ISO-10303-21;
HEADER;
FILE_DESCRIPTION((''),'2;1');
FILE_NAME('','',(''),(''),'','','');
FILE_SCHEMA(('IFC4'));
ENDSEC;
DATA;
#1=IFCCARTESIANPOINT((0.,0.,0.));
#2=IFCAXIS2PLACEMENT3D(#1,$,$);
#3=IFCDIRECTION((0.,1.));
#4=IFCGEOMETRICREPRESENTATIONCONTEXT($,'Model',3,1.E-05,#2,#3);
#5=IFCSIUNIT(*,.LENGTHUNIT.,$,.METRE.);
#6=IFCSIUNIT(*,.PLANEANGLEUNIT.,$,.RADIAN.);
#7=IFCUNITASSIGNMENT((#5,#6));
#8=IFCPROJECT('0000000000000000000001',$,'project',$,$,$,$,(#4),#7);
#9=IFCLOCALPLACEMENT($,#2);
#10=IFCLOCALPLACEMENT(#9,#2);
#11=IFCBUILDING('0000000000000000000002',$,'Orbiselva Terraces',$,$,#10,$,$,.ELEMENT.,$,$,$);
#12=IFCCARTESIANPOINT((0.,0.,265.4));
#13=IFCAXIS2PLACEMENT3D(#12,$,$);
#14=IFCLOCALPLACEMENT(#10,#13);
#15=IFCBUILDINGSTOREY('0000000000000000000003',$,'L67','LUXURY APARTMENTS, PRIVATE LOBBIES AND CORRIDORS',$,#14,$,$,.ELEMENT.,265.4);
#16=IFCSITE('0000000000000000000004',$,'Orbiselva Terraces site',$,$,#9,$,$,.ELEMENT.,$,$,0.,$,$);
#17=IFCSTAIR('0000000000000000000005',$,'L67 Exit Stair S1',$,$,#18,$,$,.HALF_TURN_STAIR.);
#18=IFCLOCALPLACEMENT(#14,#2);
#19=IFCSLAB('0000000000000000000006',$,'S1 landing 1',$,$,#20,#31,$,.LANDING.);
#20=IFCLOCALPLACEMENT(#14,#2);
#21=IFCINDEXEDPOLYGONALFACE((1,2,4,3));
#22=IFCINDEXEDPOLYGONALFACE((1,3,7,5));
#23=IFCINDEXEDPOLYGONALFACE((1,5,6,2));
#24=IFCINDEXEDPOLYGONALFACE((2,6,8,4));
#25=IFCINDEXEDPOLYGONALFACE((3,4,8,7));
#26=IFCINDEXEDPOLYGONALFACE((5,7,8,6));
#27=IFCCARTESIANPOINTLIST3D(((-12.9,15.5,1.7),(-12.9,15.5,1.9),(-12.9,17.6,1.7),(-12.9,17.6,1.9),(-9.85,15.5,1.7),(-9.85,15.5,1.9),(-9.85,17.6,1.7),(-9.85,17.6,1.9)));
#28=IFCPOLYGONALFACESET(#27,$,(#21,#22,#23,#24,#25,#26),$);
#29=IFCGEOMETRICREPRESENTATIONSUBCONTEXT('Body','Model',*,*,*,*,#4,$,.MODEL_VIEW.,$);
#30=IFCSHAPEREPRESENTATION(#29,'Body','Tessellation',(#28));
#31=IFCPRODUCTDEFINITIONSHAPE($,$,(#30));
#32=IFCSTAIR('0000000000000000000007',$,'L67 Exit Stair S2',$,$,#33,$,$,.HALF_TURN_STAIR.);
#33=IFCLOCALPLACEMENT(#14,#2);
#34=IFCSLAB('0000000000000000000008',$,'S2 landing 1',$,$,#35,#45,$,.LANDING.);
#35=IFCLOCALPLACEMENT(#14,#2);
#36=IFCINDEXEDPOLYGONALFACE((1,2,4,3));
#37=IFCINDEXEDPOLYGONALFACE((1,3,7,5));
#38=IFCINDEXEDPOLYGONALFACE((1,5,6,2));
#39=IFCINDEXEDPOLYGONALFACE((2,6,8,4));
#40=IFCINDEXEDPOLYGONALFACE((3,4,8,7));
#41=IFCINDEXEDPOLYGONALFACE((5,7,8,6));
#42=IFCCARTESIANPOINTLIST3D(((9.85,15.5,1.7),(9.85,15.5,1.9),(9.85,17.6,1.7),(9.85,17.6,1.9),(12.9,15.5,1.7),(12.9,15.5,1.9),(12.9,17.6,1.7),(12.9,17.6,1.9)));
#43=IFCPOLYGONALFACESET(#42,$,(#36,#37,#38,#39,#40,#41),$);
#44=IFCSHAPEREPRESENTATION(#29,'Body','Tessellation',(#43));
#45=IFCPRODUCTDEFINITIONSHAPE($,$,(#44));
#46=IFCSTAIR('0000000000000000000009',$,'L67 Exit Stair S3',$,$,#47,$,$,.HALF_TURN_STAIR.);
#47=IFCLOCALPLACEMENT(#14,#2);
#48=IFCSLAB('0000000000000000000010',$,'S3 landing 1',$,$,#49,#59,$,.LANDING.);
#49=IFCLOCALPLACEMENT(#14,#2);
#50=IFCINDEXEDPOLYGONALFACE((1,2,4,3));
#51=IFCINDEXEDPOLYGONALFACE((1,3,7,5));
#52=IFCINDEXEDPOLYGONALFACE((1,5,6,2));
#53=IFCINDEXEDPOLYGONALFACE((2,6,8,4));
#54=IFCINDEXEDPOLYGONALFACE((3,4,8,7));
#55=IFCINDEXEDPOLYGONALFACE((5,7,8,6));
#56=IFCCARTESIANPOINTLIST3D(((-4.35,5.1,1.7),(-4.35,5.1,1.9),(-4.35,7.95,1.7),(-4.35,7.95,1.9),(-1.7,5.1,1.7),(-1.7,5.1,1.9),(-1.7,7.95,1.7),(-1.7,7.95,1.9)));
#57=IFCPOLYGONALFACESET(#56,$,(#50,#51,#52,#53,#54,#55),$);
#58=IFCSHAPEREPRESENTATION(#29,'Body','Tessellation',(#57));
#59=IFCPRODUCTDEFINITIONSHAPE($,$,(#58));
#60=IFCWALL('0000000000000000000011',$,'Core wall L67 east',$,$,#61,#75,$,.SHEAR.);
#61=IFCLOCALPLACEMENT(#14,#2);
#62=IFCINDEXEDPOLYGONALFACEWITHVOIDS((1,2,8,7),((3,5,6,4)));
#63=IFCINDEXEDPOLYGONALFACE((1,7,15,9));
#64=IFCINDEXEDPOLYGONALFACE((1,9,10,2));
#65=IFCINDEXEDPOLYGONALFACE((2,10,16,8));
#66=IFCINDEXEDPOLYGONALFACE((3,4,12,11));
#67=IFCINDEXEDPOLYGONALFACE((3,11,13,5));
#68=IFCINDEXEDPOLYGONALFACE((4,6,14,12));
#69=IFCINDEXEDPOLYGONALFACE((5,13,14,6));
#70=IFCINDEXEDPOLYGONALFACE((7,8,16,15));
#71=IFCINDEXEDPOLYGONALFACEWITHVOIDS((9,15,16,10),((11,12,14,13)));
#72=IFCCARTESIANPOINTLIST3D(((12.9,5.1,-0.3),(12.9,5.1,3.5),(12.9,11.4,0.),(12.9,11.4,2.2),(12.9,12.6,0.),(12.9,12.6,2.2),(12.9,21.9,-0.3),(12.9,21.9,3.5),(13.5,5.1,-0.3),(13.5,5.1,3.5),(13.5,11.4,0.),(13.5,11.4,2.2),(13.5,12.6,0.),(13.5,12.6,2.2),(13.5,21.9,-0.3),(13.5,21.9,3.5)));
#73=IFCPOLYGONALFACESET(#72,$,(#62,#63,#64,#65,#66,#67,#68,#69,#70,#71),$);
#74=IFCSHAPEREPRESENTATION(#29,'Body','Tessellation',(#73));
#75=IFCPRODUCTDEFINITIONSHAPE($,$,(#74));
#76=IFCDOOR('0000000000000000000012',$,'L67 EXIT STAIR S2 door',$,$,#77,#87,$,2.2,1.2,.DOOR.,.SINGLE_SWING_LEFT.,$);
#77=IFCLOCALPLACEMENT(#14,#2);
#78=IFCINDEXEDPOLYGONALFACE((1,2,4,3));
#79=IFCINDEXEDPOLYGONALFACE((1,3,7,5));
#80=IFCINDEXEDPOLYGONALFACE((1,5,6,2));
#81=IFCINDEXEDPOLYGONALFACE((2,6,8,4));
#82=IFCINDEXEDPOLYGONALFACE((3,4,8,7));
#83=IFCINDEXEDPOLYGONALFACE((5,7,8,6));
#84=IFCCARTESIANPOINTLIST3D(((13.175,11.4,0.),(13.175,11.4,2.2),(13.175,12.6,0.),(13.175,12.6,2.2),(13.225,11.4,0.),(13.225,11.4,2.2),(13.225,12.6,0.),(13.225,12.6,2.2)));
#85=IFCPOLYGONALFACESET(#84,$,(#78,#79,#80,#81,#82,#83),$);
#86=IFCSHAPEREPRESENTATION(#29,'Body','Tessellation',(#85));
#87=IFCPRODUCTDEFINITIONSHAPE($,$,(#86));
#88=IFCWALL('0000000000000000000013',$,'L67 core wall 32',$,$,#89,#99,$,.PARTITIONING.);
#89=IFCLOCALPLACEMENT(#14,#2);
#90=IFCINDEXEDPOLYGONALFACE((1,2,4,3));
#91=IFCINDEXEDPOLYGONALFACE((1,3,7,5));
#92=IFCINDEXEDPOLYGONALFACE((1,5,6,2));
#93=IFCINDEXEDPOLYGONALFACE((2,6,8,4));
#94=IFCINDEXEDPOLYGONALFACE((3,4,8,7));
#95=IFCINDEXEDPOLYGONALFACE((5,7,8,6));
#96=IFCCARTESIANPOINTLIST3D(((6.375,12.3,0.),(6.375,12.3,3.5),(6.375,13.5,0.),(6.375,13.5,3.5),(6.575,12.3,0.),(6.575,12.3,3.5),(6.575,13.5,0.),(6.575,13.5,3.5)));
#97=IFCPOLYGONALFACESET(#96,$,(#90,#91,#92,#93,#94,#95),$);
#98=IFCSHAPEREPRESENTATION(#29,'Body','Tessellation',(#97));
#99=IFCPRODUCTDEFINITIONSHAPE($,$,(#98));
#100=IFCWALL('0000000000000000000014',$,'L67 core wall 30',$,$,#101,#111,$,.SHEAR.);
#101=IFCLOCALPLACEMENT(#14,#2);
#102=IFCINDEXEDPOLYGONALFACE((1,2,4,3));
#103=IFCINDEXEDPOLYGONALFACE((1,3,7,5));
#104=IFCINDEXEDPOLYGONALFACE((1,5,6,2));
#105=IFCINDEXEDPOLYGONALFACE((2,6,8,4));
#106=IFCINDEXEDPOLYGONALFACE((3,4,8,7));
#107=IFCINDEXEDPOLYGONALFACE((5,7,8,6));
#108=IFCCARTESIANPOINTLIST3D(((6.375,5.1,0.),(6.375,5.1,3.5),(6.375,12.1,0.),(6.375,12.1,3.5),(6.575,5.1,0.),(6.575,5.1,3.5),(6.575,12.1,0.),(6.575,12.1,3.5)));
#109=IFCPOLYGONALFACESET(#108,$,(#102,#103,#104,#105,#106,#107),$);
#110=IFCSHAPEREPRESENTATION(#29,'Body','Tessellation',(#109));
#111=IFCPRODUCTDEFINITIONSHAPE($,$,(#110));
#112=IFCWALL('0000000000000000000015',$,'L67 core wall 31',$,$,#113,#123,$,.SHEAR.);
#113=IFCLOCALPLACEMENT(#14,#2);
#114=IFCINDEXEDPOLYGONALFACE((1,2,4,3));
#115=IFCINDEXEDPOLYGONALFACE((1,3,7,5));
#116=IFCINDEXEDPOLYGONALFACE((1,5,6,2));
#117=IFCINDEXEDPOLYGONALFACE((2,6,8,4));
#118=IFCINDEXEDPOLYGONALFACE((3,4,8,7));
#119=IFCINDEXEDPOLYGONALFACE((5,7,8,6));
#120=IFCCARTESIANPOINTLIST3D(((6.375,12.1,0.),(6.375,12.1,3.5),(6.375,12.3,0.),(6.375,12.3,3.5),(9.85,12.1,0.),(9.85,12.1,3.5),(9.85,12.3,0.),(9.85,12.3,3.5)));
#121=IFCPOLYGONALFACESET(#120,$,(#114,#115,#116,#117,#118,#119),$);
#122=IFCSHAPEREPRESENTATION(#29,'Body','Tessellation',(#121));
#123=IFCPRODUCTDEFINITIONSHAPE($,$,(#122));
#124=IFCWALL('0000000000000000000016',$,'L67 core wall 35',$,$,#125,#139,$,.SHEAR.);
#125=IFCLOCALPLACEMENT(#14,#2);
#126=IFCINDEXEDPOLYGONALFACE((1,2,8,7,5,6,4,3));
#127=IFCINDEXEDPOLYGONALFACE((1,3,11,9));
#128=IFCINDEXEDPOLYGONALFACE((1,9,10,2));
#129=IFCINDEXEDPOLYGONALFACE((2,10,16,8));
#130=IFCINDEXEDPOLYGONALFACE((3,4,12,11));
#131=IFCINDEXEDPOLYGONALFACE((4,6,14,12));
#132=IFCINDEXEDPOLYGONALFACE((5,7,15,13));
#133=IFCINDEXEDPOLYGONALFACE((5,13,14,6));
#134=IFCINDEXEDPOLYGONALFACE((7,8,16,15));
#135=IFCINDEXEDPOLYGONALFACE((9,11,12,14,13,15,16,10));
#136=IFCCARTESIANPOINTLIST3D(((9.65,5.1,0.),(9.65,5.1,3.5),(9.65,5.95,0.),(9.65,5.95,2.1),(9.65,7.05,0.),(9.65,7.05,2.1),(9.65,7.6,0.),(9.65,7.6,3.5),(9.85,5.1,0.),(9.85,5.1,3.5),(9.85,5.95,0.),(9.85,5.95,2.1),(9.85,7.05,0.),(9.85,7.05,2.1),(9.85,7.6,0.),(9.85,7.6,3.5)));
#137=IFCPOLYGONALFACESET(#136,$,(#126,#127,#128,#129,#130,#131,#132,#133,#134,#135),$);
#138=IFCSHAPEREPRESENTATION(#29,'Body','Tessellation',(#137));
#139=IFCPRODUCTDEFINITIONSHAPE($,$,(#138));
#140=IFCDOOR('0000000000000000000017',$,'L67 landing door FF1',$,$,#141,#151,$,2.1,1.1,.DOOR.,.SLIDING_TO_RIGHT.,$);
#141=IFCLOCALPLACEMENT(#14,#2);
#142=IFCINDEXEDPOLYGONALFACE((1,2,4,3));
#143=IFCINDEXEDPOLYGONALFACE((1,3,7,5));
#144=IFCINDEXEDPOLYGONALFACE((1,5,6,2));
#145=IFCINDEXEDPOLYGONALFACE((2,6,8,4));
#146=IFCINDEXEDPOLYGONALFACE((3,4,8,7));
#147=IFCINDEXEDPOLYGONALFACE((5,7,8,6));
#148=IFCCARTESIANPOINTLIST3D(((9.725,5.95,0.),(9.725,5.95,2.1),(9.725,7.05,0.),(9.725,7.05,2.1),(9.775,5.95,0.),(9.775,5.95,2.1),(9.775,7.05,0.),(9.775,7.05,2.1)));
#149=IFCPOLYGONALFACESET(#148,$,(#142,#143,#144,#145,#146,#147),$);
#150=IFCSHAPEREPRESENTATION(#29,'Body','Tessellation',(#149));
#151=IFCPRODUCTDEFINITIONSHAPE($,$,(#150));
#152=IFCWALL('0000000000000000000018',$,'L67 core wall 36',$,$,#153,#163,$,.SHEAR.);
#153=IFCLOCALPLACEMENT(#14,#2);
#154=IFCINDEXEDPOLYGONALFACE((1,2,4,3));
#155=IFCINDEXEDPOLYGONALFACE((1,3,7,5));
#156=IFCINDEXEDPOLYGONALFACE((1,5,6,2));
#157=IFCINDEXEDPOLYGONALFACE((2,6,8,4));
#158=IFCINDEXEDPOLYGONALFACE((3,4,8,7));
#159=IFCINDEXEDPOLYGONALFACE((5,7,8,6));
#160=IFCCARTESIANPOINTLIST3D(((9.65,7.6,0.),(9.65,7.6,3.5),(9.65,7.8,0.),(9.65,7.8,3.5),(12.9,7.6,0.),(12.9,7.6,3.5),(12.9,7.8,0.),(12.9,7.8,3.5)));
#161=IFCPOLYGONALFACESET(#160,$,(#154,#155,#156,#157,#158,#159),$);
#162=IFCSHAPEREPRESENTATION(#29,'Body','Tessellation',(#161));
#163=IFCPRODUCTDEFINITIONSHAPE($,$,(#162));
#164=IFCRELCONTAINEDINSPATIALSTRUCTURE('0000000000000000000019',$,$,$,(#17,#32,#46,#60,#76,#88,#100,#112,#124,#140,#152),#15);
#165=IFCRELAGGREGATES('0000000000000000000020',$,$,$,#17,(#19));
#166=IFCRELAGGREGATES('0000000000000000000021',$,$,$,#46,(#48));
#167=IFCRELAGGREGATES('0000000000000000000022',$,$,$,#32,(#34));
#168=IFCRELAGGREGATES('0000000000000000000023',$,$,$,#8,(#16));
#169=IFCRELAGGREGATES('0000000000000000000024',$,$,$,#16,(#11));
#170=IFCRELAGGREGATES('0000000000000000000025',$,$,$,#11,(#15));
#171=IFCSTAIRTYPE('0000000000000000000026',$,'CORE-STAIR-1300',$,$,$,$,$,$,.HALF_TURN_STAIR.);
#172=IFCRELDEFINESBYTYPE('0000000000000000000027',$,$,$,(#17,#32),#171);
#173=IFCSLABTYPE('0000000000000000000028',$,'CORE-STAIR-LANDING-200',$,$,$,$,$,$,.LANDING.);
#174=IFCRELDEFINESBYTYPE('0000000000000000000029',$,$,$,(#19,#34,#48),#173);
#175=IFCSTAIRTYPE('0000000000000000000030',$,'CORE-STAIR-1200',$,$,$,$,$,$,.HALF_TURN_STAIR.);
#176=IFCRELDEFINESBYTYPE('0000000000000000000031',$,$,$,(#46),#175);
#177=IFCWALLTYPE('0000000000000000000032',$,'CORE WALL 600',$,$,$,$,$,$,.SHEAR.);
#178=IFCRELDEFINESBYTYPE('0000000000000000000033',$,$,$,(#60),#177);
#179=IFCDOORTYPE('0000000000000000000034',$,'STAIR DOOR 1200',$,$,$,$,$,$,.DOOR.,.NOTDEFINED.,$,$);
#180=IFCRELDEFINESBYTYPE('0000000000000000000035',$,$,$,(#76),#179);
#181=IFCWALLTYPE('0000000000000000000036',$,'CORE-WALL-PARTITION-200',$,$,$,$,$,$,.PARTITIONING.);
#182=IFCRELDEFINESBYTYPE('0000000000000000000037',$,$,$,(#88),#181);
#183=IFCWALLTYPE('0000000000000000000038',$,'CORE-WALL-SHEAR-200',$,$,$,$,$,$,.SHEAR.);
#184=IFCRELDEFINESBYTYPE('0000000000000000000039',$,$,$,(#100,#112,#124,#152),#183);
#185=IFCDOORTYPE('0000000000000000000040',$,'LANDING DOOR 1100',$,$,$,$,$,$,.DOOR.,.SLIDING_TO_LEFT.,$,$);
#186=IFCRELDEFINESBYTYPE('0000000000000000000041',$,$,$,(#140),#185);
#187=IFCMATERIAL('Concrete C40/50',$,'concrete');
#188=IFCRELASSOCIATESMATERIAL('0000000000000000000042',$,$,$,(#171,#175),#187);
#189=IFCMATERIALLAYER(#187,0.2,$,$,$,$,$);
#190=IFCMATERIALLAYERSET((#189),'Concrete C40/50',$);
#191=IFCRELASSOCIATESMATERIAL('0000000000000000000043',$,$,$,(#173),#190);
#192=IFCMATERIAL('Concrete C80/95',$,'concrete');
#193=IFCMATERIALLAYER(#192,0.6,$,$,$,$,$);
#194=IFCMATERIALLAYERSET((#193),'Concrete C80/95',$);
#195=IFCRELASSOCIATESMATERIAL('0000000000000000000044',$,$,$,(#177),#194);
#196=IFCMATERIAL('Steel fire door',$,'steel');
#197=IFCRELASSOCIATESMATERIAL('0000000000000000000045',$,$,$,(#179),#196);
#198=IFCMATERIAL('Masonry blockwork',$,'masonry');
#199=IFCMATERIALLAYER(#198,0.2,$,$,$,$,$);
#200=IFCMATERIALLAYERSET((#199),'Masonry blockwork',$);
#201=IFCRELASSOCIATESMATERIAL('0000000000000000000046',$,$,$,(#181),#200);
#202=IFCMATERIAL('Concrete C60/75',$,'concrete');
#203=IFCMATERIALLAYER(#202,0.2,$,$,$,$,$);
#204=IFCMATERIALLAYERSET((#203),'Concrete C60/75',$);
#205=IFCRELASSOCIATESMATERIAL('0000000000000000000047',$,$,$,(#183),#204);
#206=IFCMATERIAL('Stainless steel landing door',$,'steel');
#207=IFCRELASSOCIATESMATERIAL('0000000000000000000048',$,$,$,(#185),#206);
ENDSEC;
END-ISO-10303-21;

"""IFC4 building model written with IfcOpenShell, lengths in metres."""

from ifc_helpers import new_model, si_unit, direction, frame, frame_2d, origin, place, context, subcontext, project, spatial, polyline, rectangle, outline, extrude, material, layer, layer_set, type_object, element, fill, aggregate, save


model = new_model("IFC4")

# Units and contexts
model_context = context("Model", 3, precision=1e-05, world=origin(), true_north=direction((0.0, 1.0)))
body_context = subcontext(model_context, "Body", "Model", "MODEL_VIEW")
ifc_project = project(units=[si_unit("LENGTHUNIT", "METRE"), si_unit("PLANEANGLEUNIT", "RADIAN")], contexts=[model_context])

# Site, building, storey
site_placement = place(None, origin())
site = spatial("IfcSite", under=ifc_project, at=site_placement, Name="Orbiselva Terraces site", CompositionType="ELEMENT", RefElevation=0.0)
building_placement = place(site_placement, origin())
building = spatial("IfcBuilding", under=site, at=building_placement, Name="Orbiselva Terraces", CompositionType="ELEMENT")
storey_placement = place(building_placement, frame((0.0, 0.0, 265.4)))
storey = spatial("IfcBuildingStorey", under=building, at=storey_placement, Name="L67", Description="LUXURY APARTMENTS, PRIVATE LOBBIES AND CORRIDORS", CompositionType="ELEMENT", Elevation=265.4)

# Stairs, slabs
ifc_material_1 = material(Name="Concrete C40/50", Category="concrete")
stair_type_1 = type_object("IfcStairType", Name="CORE-STAIR-1300", PredefinedType="HALF_TURN_STAIR", material=ifc_material_1)
stair_1_placement = place(storey_placement, origin())
stair_1 = element("IfcStair", 1, at=stair_1_placement, inside=storey, type_object=stair_type_1, Name="L67 Exit Stair S1", PredefinedType="HALF_TURN_STAIR")
ifc_layer_1 = layer(ifc_material_1, 0.2)
ifc_layer_set_1 = layer_set([ifc_layer_1], Name="Concrete C40/50")
slab_type = type_object("IfcSlabType", Name="CORE-STAIR-LANDING-200", PredefinedType="LANDING", material=ifc_layer_set_1)
slab_1_placement = place(storey_placement, frame((0.0, 0.0, 1.7)))
slab_1 = element("IfcSlab", 2, at=slab_1_placement, type_object=slab_type, Name="S1 landing 1", PredefinedType="LANDING", context=body_context, shape_type="SweptSolid", body=[
    extrude(outline(polyline([(-9.85, 15.5), (-9.85, 17.6), (-12.9, 17.6), (-12.9, 15.5), (-9.85, 15.5)])), origin(), (0.0, 0.0, 1.0), 0.2),
])
aggregate(stair_1, [slab_1])
stair_2_placement = place(storey_placement, origin())
stair_2 = element("IfcStair", 3, at=stair_2_placement, inside=storey, type_object=stair_type_1, Name="L67 Exit Stair S2", PredefinedType="HALF_TURN_STAIR")
slab_2_placement = place(storey_placement, frame((0.0, 0.0, 1.7)))
slab_2 = element("IfcSlab", 4, at=slab_2_placement, type_object=slab_type, Name="S2 landing 1", PredefinedType="LANDING", context=body_context, shape_type="SweptSolid", body=[
    extrude(outline(polyline([(12.9, 15.5), (12.9, 17.6), (9.85, 17.6), (9.85, 15.5), (12.9, 15.5)])), origin(), (0.0, 0.0, 1.0), 0.2),
])
stair_type_2 = type_object("IfcStairType", Name="CORE-STAIR-1200", PredefinedType="HALF_TURN_STAIR", material=ifc_material_1)
stair_3_placement = place(storey_placement, origin())
stair_3 = element("IfcStair", 5, at=stair_3_placement, inside=storey, type_object=stair_type_2, Name="L67 Exit Stair S3", PredefinedType="HALF_TURN_STAIR")
slab_3_placement = place(storey_placement, frame((0.0, 0.0, 1.7)))
slab_3 = element("IfcSlab", 6, at=slab_3_placement, type_object=slab_type, Name="S3 landing 1", PredefinedType="LANDING", context=body_context, shape_type="SweptSolid", body=[
    extrude(outline(polyline([(-4.35, 5.1), (-1.7, 5.1), (-1.7, 7.95), (-4.35, 7.95), (-4.35, 5.1)])), origin(), (0.0, 0.0, 1.0), 0.2),
])
aggregate(stair_3, [slab_3])

# Wall, opening, door
ifc_material_2 = material(Name="Concrete C80/95", Category="concrete")
ifc_layer_2 = layer(ifc_material_2, 0.6)
ifc_layer_set_2 = layer_set([ifc_layer_2], Name="Concrete C80/95")
wall_type_1 = type_object("IfcWallType", Name="CORE WALL 600", PredefinedType="SHEAR", material=ifc_layer_set_2)
wall_1_placement = place(storey_placement, frame((13.2, 5.1, -0.3), z_axis=(0.0, 0.0, 1.0), x_axis=(0.0, 1.0, 0.0)))
wall_1 = element("IfcWall", 7, at=wall_1_placement, inside=storey, type_object=wall_type_1, Name="Core wall L67 east", PredefinedType="SHEAR", context=body_context, shape_type="SweptSolid", body=[
    extrude(rectangle(XDim=16.8, YDim=0.6, at=frame_2d((8.4, 0.0))), origin(), (0.0, 0.0, 1.0), 3.8),
])
opening_1_placement = place(wall_1_placement, frame((6.3, 0.0, 0.3)))
opening_1 = element("IfcOpeningElement", 8, at=opening_1_placement, cuts=wall_1, PredefinedType="OPENING", context=body_context, shape_type="SweptSolid", body=[
    extrude(rectangle(XDim=1.2, YDim=2.2, at=frame_2d((0.6, 1.1))), frame((0.0, 0.31, 0.0), z_axis=(0.0, -1.0, 0.0), x_axis=(1.0, 0.0, 0.0)), (0.0, 0.0, 1.0), 0.62),
])
ifc_material_3 = material(Name="Steel fire door", Category="steel")
door_type_1 = type_object("IfcDoorType", Name="STAIR DOOR 1200", OperationType="NOTDEFINED", PredefinedType="DOOR", material=ifc_material_3)
door_1_placement = place(opening_1_placement, frame((1.2, 0.0, 0.0), z_axis=(0.0, 0.0, 1.0), x_axis=(-1.0, 0.0, 0.0)))
door_1 = element("IfcDoor", 9, at=door_1_placement, inside=storey, type_object=door_type_1, Name="L67 EXIT STAIR S2 door", OperationType="SINGLE_SWING_LEFT", OverallHeight=2.2, OverallWidth=1.2, PredefinedType="DOOR", context=body_context, shape_type="SweptSolid", body=[
    extrude(rectangle(XDim=1.2, YDim=2.2, at=frame_2d((0.6, 1.1))), frame((0.0, 0.025, 0.0), z_axis=(0.0, -1.0, 0.0), x_axis=(1.0, 0.0, 0.0)), (0.0, 0.0, 1.0), 0.05),
])
fill(opening_1, door_1)

# Walls
ifc_material_4 = material(Name="Masonry blockwork", Category="masonry")
ifc_layer_3 = layer(ifc_material_4, 0.2)
ifc_layer_set_3 = layer_set([ifc_layer_3], Name="Masonry blockwork")
wall_type_2 = type_object("IfcWallType", Name="CORE-WALL-PARTITION-200", PredefinedType="PARTITIONING", material=ifc_layer_set_3)
wall_2_placement = place(storey_placement, frame((6.475, 12.3, 0.0), z_axis=(0.0, 0.0, 1.0), x_axis=(0.0, 1.0, 0.0)))
element("IfcWall", 10, at=wall_2_placement, inside=storey, type_object=wall_type_2, Name="L67 core wall 32", PredefinedType="PARTITIONING", context=body_context, shape_type="SweptSolid", body=[
    extrude(rectangle(XDim=1.2, YDim=0.2, at=frame_2d((0.6, 0.0))), origin(), (0.0, 0.0, 1.0), 3.5),
])
ifc_material_5 = material(Name="Concrete C60/75", Category="concrete")
ifc_layer_4 = layer(ifc_material_5, 0.2)
ifc_layer_set_4 = layer_set([ifc_layer_4], Name="Concrete C60/75")
wall_type_3 = type_object("IfcWallType", Name="CORE-WALL-SHEAR-200", PredefinedType="SHEAR", material=ifc_layer_set_4)
wall_3_placement = place(storey_placement, frame((6.475, 5.1, 0.0), z_axis=(0.0, 0.0, 1.0), x_axis=(0.0, 1.0, 0.0)))
element("IfcWall", 11, at=wall_3_placement, inside=storey, type_object=wall_type_3, Name="L67 core wall 30", PredefinedType="SHEAR", context=body_context, shape_type="SweptSolid", body=[
    extrude(rectangle(XDim=7.0, YDim=0.2, at=frame_2d((3.5, 0.0))), origin(), (0.0, 0.0, 1.0), 3.5),
])
wall_4_placement = place(storey_placement, frame((6.375, 12.2, 0.0), z_axis=(0.0, 0.0, 1.0), x_axis=(1.0, 0.0, 0.0)))
element("IfcWall", 12, at=wall_4_placement, inside=storey, type_object=wall_type_3, Name="L67 core wall 31", PredefinedType="SHEAR", context=body_context, shape_type="SweptSolid", body=[
    extrude(rectangle(XDim=3.475, YDim=0.2, at=frame_2d((1.7375, 0.0))), origin(), (0.0, 0.0, 1.0), 3.5),
])

# Wall, opening, door
wall_5_placement = place(storey_placement, frame((9.75, 5.1, 0.0), z_axis=(0.0, 0.0, 1.0), x_axis=(0.0, 1.0, 0.0)))
wall_5 = element("IfcWall", 13, at=wall_5_placement, inside=storey, type_object=wall_type_3, Name="L67 core wall 35", PredefinedType="SHEAR", context=body_context, shape_type="SweptSolid", body=[
    extrude(rectangle(XDim=2.5, YDim=0.2, at=frame_2d((1.25, 0.0))), origin(), (0.0, 0.0, 1.0), 3.5),
])
opening_2_placement = place(wall_5_placement, frame((0.85, 0.0, 0.0)))
opening_2 = element("IfcOpeningElement", 14, at=opening_2_placement, cuts=wall_5, PredefinedType="OPENING", context=body_context, shape_type="SweptSolid", body=[
    extrude(rectangle(XDim=1.1, YDim=2.1, at=frame_2d((0.55, 1.05))), frame((0.0, 0.11, 0.0), z_axis=(0.0, -1.0, 0.0), x_axis=(1.0, 0.0, 0.0)), (0.0, 0.0, 1.0), 0.22),
])
ifc_material_6 = material(Name="Stainless steel landing door", Category="steel")
door_type_2 = type_object("IfcDoorType", Name="LANDING DOOR 1100", OperationType="SLIDING_TO_LEFT", PredefinedType="DOOR", material=ifc_material_6)
door_2_placement = place(opening_2_placement, origin())
door_2 = element("IfcDoor", 15, at=door_2_placement, inside=storey, type_object=door_type_2, Name="L67 landing door FF1", OperationType="SLIDING_TO_RIGHT", OverallHeight=2.1, OverallWidth=1.1, PredefinedType="DOOR", context=body_context, shape_type="SweptSolid", body=[
    extrude(rectangle(XDim=1.1, YDim=2.1, at=frame_2d((0.55, 1.05))), frame((0.0, 0.025, 0.0), z_axis=(0.0, -1.0, 0.0), x_axis=(1.0, 0.0, 0.0)), (0.0, 0.0, 1.0), 0.05),
])
fill(opening_2, door_2)

# Wall
wall_6_placement = place(storey_placement, frame((9.65, 7.7, 0.0), z_axis=(0.0, 0.0, 1.0), x_axis=(1.0, 0.0, 0.0)))
element("IfcWall", 16, at=wall_6_placement, inside=storey, type_object=wall_type_3, Name="L67 core wall 36", PredefinedType="SHEAR", context=body_context, shape_type="SweptSolid", body=[
    extrude(rectangle(XDim=3.25, YDim=0.2, at=frame_2d((1.625, 0.0))), origin(), (0.0, 0.0, 1.0), 3.5),
])

aggregate(stair_2, [slab_2])

save(model, "model.ifc")
